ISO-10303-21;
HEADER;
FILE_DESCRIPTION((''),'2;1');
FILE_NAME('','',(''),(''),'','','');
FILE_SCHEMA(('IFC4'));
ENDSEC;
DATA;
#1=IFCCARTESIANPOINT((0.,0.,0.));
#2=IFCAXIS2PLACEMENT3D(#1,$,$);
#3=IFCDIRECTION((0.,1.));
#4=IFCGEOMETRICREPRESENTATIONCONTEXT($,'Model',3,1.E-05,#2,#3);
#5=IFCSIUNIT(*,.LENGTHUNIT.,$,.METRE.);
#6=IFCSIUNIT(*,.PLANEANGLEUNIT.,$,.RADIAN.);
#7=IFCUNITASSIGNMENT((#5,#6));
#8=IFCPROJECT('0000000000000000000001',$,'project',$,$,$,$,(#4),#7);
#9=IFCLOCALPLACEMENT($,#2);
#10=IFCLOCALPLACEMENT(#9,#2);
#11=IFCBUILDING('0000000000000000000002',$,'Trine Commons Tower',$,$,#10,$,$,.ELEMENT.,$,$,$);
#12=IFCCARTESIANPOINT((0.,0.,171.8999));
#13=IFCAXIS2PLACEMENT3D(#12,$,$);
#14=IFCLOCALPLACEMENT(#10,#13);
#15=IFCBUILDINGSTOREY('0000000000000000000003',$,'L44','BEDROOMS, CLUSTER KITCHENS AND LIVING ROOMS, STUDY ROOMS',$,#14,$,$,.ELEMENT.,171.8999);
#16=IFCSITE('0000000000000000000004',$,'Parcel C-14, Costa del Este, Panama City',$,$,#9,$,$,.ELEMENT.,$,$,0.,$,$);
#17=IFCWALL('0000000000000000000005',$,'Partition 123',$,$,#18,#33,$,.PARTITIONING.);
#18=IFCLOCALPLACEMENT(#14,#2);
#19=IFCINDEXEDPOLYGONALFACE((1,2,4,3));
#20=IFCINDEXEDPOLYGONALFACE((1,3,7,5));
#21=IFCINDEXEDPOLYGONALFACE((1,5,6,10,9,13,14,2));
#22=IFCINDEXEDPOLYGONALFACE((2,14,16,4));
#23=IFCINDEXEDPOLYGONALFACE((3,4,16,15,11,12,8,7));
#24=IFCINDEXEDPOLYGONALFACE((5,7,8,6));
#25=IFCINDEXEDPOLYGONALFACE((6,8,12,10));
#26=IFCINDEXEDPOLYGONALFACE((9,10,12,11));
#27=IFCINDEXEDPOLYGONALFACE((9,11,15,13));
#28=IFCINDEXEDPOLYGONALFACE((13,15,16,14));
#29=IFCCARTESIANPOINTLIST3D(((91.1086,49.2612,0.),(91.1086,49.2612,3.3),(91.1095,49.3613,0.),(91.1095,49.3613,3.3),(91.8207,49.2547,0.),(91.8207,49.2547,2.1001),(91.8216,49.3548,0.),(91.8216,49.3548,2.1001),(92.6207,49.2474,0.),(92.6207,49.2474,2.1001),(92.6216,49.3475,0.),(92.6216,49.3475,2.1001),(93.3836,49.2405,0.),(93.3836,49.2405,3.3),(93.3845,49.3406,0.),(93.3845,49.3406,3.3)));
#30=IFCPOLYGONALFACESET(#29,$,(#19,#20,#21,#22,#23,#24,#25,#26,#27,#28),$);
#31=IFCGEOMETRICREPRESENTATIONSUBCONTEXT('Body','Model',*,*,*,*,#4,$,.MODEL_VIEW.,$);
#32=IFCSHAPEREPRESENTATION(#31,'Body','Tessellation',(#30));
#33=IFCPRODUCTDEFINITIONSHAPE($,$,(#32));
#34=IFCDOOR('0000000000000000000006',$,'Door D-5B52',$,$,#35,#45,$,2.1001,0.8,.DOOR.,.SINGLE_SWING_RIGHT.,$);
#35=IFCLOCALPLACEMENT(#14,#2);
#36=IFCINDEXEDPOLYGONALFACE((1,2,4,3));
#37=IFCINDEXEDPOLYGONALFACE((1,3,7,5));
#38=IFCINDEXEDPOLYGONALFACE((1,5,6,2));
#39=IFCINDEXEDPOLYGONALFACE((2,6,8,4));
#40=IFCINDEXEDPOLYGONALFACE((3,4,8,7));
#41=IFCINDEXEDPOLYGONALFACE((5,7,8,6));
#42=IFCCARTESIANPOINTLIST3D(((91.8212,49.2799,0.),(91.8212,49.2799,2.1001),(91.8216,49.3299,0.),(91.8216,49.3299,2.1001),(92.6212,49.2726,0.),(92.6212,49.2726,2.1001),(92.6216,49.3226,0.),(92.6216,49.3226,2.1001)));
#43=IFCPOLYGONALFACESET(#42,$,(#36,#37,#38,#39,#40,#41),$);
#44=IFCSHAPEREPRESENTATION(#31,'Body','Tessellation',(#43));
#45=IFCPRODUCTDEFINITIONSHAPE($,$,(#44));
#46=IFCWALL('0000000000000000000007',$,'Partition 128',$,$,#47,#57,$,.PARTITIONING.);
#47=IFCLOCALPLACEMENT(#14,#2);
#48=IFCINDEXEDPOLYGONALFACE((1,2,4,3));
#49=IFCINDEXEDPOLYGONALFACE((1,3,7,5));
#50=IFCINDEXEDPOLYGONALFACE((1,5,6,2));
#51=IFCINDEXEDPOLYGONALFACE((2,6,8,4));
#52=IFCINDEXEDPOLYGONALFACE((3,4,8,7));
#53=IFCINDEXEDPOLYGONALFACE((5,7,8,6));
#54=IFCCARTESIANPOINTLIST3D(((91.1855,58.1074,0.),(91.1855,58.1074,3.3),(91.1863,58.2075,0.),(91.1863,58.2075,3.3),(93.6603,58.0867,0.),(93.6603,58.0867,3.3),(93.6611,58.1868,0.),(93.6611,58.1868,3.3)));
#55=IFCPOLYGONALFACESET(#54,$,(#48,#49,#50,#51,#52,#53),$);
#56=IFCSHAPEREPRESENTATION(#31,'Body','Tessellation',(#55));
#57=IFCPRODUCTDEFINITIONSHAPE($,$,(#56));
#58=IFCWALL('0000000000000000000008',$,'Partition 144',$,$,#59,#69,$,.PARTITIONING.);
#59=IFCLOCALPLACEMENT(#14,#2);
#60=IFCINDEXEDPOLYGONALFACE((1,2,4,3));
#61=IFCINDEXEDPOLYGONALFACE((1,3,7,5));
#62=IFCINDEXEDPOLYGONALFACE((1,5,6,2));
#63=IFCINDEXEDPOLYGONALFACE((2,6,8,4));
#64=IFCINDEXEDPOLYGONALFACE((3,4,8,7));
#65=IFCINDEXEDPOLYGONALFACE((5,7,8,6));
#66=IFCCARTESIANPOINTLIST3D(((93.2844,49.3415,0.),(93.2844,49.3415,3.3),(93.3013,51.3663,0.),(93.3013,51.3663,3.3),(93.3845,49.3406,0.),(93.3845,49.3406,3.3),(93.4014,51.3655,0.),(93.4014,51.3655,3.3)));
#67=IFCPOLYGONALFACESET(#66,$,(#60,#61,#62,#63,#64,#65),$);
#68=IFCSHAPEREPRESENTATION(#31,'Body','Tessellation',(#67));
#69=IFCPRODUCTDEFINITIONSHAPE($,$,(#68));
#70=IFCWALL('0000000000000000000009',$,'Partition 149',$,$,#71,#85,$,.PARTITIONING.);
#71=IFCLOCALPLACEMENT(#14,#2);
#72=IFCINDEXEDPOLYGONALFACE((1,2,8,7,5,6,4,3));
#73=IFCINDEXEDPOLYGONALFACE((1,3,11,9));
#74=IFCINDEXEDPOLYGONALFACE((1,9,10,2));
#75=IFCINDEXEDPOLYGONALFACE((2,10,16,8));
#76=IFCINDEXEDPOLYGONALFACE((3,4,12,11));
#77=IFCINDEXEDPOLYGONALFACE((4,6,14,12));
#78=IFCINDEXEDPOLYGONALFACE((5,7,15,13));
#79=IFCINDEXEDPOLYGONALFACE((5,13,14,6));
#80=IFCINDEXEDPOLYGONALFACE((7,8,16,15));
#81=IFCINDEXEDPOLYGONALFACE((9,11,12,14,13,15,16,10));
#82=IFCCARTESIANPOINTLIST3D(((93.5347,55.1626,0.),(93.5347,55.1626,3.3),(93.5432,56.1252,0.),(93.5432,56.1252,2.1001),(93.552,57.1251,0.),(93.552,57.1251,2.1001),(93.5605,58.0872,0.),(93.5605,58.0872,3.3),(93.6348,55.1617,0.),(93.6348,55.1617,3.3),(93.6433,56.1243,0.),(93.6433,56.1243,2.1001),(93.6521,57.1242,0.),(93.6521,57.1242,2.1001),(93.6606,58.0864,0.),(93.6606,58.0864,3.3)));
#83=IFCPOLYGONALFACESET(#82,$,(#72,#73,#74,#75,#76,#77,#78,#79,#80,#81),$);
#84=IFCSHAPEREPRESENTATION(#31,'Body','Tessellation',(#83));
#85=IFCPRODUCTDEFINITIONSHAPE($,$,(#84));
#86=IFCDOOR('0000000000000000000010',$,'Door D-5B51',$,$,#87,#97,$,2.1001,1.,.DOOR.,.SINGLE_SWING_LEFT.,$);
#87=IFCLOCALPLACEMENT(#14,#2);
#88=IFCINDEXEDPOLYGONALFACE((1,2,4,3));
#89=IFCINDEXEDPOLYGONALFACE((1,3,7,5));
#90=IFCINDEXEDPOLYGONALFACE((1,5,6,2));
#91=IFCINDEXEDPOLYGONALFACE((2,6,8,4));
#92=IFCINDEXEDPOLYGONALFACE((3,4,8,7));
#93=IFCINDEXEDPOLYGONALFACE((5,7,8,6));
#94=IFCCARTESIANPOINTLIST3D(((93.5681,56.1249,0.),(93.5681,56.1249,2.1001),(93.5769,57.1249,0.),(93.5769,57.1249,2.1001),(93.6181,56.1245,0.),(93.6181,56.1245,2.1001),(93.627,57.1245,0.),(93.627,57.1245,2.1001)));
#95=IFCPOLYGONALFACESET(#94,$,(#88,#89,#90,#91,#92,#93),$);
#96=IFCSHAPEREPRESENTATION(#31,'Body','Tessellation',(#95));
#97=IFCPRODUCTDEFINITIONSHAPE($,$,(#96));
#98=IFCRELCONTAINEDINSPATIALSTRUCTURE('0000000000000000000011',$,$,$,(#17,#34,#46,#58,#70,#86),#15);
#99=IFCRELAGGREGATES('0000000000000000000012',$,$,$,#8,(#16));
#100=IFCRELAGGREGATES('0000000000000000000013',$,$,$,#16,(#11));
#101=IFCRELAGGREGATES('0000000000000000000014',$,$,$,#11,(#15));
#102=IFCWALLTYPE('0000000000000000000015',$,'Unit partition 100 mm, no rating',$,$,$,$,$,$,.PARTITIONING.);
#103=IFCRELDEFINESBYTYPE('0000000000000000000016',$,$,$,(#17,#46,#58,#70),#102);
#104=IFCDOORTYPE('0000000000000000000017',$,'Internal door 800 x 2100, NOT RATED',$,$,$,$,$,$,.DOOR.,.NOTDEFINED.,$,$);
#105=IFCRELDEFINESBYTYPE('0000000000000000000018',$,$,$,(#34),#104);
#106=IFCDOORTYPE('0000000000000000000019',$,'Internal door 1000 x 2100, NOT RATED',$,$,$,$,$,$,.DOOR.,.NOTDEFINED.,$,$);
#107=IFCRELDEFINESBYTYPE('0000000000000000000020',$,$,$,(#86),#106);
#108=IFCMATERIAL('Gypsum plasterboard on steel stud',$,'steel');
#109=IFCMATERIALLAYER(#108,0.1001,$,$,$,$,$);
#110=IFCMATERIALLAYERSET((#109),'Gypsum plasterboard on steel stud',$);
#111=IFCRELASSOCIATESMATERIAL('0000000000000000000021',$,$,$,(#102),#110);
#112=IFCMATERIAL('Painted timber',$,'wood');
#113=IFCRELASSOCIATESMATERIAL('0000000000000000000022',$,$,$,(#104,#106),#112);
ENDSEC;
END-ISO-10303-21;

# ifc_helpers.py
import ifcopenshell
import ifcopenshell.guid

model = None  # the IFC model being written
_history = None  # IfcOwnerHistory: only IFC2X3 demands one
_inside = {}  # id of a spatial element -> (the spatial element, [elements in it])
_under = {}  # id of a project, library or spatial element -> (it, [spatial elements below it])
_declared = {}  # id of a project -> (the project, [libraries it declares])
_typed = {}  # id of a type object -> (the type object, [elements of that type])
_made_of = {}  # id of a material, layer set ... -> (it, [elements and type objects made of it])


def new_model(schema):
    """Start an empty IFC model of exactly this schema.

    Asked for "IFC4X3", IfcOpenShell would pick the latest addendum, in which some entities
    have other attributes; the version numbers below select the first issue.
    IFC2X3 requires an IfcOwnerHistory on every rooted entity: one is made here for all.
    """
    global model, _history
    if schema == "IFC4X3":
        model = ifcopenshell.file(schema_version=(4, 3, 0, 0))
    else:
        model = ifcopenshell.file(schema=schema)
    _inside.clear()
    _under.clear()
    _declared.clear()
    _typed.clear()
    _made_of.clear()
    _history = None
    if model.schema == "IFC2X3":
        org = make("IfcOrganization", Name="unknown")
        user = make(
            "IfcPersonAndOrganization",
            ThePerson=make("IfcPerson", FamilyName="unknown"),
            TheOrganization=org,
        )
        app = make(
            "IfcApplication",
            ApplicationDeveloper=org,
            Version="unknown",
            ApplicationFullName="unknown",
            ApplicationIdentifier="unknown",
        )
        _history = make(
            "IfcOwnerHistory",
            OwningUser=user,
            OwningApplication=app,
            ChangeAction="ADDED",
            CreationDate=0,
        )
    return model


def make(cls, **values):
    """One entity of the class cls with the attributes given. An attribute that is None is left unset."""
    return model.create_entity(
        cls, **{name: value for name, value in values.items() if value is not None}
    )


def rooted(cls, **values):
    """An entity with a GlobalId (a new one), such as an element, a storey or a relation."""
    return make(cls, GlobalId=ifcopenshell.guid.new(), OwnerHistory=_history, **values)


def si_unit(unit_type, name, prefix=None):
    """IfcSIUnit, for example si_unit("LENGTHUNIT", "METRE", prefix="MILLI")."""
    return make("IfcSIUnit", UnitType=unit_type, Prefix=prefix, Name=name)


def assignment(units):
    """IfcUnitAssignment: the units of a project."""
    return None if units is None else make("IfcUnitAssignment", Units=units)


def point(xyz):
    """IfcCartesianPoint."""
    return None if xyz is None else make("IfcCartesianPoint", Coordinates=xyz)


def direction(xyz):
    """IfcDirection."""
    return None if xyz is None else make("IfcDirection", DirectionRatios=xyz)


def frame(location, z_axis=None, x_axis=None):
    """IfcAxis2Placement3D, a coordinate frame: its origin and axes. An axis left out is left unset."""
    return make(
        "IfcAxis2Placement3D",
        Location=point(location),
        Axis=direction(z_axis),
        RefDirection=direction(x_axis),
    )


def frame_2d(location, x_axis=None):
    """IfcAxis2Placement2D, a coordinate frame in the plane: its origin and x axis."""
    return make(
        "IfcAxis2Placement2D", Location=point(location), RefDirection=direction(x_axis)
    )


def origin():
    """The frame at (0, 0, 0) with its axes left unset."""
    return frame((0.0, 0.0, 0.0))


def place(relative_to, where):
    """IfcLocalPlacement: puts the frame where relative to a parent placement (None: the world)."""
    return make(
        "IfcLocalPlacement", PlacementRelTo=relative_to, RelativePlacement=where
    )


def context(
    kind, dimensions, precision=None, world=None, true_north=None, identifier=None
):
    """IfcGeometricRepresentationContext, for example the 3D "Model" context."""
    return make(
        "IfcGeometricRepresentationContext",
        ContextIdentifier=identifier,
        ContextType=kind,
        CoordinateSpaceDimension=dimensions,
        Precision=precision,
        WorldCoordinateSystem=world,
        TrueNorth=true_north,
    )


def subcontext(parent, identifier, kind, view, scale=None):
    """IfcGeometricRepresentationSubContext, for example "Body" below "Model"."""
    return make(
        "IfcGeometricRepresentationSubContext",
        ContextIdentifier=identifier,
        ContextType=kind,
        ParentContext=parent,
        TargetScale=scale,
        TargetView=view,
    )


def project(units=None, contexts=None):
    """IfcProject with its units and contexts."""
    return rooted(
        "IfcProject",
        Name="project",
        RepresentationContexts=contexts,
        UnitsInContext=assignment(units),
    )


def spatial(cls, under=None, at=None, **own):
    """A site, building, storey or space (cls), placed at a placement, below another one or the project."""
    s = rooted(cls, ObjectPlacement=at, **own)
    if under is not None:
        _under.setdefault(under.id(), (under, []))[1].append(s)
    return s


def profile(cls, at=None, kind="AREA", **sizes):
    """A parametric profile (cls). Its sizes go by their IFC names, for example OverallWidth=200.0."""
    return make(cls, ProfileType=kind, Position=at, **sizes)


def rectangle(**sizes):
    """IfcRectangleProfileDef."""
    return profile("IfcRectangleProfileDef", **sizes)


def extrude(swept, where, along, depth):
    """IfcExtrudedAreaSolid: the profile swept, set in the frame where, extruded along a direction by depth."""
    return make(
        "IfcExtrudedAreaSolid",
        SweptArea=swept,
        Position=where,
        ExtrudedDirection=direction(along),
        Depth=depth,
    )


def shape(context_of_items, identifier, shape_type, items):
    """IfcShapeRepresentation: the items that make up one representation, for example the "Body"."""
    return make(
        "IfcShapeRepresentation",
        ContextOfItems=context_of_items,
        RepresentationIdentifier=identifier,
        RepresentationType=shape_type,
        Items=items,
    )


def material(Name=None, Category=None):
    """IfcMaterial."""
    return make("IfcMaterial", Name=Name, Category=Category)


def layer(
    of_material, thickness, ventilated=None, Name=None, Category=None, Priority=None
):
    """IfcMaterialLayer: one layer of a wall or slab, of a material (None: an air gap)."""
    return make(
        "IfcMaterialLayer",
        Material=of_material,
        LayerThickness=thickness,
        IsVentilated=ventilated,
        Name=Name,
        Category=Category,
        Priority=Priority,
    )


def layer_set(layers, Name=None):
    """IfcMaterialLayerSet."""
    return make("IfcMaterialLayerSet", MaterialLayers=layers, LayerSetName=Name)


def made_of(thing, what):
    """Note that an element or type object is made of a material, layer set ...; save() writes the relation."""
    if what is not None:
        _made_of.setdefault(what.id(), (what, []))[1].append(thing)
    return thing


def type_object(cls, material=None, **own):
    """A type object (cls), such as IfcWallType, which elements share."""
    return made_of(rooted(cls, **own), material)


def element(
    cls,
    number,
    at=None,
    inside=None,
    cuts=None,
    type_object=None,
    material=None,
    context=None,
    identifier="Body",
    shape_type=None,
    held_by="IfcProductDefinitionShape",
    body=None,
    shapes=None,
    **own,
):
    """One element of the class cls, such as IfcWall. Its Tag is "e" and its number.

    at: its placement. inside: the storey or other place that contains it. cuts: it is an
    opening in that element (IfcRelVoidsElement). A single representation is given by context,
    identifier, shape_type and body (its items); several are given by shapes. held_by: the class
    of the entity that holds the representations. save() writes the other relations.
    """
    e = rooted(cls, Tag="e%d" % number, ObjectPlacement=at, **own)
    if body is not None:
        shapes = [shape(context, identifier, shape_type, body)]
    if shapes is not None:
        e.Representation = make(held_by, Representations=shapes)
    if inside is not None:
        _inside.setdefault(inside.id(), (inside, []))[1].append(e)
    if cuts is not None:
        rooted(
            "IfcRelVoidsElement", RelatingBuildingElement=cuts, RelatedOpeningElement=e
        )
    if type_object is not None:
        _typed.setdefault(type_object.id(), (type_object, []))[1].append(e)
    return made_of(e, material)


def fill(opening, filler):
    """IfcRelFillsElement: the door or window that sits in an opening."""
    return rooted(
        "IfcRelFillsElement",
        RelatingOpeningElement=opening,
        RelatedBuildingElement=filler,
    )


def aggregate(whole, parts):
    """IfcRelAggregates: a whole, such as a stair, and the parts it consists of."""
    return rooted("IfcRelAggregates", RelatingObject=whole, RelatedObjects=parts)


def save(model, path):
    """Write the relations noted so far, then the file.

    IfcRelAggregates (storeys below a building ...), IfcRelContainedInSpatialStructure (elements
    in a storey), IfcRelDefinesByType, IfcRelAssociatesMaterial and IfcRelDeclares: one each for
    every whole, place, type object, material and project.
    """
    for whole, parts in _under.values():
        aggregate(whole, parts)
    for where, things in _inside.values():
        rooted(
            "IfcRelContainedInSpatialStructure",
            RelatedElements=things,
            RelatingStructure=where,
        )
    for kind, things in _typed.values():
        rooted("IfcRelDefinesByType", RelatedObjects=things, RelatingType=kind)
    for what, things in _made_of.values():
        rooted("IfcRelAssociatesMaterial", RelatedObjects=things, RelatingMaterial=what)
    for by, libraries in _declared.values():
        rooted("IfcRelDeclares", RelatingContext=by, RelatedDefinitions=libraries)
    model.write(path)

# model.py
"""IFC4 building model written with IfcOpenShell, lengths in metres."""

from ifc_helpers import new_model, si_unit, direction, frame, frame_2d, origin, place, context, subcontext, project, spatial, rectangle, extrude, material, layer, layer_set, type_object, element, fill, save


model = new_model("IFC4")

# Units and contexts
model_context = context("Model", 3, precision=1e-05, world=origin(), true_north=direction((0.0, 1.0)))
body_context = subcontext(model_context, "Body", "Model", "MODEL_VIEW")
ifc_project = project(units=[si_unit("LENGTHUNIT", "METRE"), si_unit("PLANEANGLEUNIT", "RADIAN")], contexts=[model_context])

# Site, building, storey
site_placement = place(None, origin())
site = spatial("IfcSite", under=ifc_project, at=site_placement, Name="Parcel C-14, Costa del Este, Panama City", CompositionType="ELEMENT", RefElevation=0.0)
building_placement = place(site_placement, origin())
building = spatial("IfcBuilding", under=site, at=building_placement, Name="Trine Commons Tower", CompositionType="ELEMENT")
storey_placement = place(building_placement, frame((0.0, 0.0, 171.8999)))
storey = spatial("IfcBuildingStorey", under=building, at=storey_placement, Name="L44", Description="BEDROOMS, CLUSTER KITCHENS AND LIVING ROOMS, STUDY ROOMS", CompositionType="ELEMENT", Elevation=171.8999)

# Shared definitions
ifc_material_1 = material(Name="Gypsum plasterboard on steel stud", Category="steel")
ifc_material_2 = material(Name="Painted timber", Category="wood")

# Wall, opening, door
ifc_layer_1 = layer(ifc_material_1, 0.1001)
ifc_layer_set_1 = layer_set([ifc_layer_1], Name="Gypsum plasterboard on steel stud")
wall_type_1 = type_object("IfcWallType", Name="Unit partition 100 mm, no rating", PredefinedType="PARTITIONING", material=ifc_layer_set_1)
wall_1_placement = place(storey_placement, frame((91.1089, 49.3113, 0.0), z_axis=(0.0, 0.0, 1.0), x_axis=(0.999958, -0.009121, 0.0)))
wall_1 = element("IfcWall", 1, at=wall_1_placement, inside=storey, type_object=wall_type_1, Name="Partition 123", PredefinedType="PARTITIONING", context=body_context, shape_type="SweptSolid", body=[
    extrude(rectangle(XDim=2.2751, YDim=0.1001, at=frame_2d((1.1377, 0.0))), origin(), (0.0, 0.0, 1.0), 3.3),
])
opening_1_placement = place(wall_1_placement, frame((0.7124, 0.0, 0.0)))
opening_1 = element("IfcOpeningElement", 2, at=opening_1_placement, cuts=wall_1, PredefinedType="OPENING", context=body_context, shape_type="SweptSolid", body=[
    extrude(rectangle(XDim=0.8, YDim=2.1001, at=frame_2d((0.3999, 1.05))), frame((0.0, 0.0601, 0.0), z_axis=(0.0, -1.0, 0.0), x_axis=(1.0, 0.0, 0.0)), (0.0, 0.0, 1.0), 0.1201),
])
door_type_1 = type_object("IfcDoorType", Name="Internal door 800 x 2100, NOT RATED", OperationType="NOTDEFINED", PredefinedType="DOOR", material=ifc_material_2)
door_1_placement = place(opening_1_placement, frame((0.8, 0.0, 0.0), z_axis=(0.0, 0.0, 1.0), x_axis=(-1.0, 0.0, 0.0)))
door_1 = element("IfcDoor", 3, at=door_1_placement, inside=storey, type_object=door_type_1, Name="Door D-5B52", OperationType="SINGLE_SWING_RIGHT", OverallHeight=2.1001, OverallWidth=0.8, PredefinedType="DOOR", context=body_context, shape_type="SweptSolid", body=[
    extrude(rectangle(XDim=0.8, YDim=2.1001, at=frame_2d((0.3999, 1.05))), frame((0.0, 0.0249, 0.0), z_axis=(0.0, -1.0, 0.0), x_axis=(1.0, 0.0, 0.0)), (0.0, 0.0, 1.0), 0.05),
])
fill(opening_1, door_1)

# Walls
wall_2_placement = place(storey_placement, frame((91.186, 58.1575, 0.0), z_axis=(0.0, 0.0, 1.0), x_axis=(0.999965, -0.008385, 0.0)))
element("IfcWall", 4, at=wall_2_placement, inside=storey, type_object=wall_type_1, Name="Partition 128", PredefinedType="PARTITIONING", context=body_context, shape_type="SweptSolid", body=[
    extrude(rectangle(XDim=2.4749, YDim=0.1001, at=frame_2d((1.2373, 0.0))), origin(), (0.0, 0.0, 1.0), 3.3),
])
wall_3_placement = place(storey_placement, frame((93.3345, 49.3411, 0.0), z_axis=(0.0, 0.0, 1.0), x_axis=(0.008319, 0.999965, 0.0)))
element("IfcWall", 5, at=wall_3_placement, inside=storey, type_object=wall_type_1, Name="Partition 144", PredefinedType="PARTITIONING", context=body_context, shape_type="SweptSolid", body=[
    extrude(rectangle(XDim=2.0249, YDim=0.1001, at=frame_2d((1.0125, 0.0))), origin(), (0.0, 0.0, 1.0), 3.3),
])

# Wall, opening, door
wall_4_placement = place(storey_placement, frame((93.5847, 55.1621, 0.0), z_axis=(0.0, 0.0, 1.0), x_axis=(0.008848, 0.999961, 0.0)))
wall_4 = element("IfcWall", 6, at=wall_4_placement, inside=storey, type_object=wall_type_1, Name="Partition 149", PredefinedType="PARTITIONING", context=body_context, shape_type="SweptSolid", body=[
    extrude(rectangle(XDim=2.9248, YDim=0.1001, at=frame_2d((1.4624, 0.0))), origin(), (0.0, 0.0, 1.0), 3.3),
])
opening_2_placement = place(wall_4_placement, frame((0.9626, 0.0, 0.0)))
opening_2 = element("IfcOpeningElement", 7, at=opening_2_placement, cuts=wall_4, PredefinedType="OPENING", context=body_context, shape_type="SweptSolid", body=[
    extrude(rectangle(XDim=1.0, YDim=2.1001, at=frame_2d((0.5, 1.05))), frame((0.0, 0.0601, 0.0), z_axis=(0.0, -1.0, 0.0), x_axis=(1.0, 0.0, 0.0)), (0.0, 0.0, 1.0), 0.1201),
])
door_type_2 = type_object("IfcDoorType", Name="Internal door 1000 x 2100, NOT RATED", OperationType="NOTDEFINED", PredefinedType="DOOR", material=ifc_material_2)
door_2_placement = place(opening_2_placement, frame((1.0, 0.0, 0.0), z_axis=(0.0, 0.0, 1.0), x_axis=(-1.0, 0.0, 0.0)))
door_2 = element("IfcDoor", 8, at=door_2_placement, inside=storey, type_object=door_type_2, Name="Door D-5B51", OperationType="SINGLE_SWING_LEFT", OverallHeight=2.1001, OverallWidth=1.0, PredefinedType="DOOR", context=body_context, shape_type="SweptSolid", body=[
    extrude(rectangle(XDim=1.0, YDim=2.1001, at=frame_2d((0.5, 1.05))), frame((0.0, 0.0249, 0.0), z_axis=(0.0, -1.0, 0.0), x_axis=(1.0, 0.0, 0.0)), (0.0, 0.0, 1.0), 0.05),
])
fill(opening_2, door_2)

save(model, "model.ifc")
